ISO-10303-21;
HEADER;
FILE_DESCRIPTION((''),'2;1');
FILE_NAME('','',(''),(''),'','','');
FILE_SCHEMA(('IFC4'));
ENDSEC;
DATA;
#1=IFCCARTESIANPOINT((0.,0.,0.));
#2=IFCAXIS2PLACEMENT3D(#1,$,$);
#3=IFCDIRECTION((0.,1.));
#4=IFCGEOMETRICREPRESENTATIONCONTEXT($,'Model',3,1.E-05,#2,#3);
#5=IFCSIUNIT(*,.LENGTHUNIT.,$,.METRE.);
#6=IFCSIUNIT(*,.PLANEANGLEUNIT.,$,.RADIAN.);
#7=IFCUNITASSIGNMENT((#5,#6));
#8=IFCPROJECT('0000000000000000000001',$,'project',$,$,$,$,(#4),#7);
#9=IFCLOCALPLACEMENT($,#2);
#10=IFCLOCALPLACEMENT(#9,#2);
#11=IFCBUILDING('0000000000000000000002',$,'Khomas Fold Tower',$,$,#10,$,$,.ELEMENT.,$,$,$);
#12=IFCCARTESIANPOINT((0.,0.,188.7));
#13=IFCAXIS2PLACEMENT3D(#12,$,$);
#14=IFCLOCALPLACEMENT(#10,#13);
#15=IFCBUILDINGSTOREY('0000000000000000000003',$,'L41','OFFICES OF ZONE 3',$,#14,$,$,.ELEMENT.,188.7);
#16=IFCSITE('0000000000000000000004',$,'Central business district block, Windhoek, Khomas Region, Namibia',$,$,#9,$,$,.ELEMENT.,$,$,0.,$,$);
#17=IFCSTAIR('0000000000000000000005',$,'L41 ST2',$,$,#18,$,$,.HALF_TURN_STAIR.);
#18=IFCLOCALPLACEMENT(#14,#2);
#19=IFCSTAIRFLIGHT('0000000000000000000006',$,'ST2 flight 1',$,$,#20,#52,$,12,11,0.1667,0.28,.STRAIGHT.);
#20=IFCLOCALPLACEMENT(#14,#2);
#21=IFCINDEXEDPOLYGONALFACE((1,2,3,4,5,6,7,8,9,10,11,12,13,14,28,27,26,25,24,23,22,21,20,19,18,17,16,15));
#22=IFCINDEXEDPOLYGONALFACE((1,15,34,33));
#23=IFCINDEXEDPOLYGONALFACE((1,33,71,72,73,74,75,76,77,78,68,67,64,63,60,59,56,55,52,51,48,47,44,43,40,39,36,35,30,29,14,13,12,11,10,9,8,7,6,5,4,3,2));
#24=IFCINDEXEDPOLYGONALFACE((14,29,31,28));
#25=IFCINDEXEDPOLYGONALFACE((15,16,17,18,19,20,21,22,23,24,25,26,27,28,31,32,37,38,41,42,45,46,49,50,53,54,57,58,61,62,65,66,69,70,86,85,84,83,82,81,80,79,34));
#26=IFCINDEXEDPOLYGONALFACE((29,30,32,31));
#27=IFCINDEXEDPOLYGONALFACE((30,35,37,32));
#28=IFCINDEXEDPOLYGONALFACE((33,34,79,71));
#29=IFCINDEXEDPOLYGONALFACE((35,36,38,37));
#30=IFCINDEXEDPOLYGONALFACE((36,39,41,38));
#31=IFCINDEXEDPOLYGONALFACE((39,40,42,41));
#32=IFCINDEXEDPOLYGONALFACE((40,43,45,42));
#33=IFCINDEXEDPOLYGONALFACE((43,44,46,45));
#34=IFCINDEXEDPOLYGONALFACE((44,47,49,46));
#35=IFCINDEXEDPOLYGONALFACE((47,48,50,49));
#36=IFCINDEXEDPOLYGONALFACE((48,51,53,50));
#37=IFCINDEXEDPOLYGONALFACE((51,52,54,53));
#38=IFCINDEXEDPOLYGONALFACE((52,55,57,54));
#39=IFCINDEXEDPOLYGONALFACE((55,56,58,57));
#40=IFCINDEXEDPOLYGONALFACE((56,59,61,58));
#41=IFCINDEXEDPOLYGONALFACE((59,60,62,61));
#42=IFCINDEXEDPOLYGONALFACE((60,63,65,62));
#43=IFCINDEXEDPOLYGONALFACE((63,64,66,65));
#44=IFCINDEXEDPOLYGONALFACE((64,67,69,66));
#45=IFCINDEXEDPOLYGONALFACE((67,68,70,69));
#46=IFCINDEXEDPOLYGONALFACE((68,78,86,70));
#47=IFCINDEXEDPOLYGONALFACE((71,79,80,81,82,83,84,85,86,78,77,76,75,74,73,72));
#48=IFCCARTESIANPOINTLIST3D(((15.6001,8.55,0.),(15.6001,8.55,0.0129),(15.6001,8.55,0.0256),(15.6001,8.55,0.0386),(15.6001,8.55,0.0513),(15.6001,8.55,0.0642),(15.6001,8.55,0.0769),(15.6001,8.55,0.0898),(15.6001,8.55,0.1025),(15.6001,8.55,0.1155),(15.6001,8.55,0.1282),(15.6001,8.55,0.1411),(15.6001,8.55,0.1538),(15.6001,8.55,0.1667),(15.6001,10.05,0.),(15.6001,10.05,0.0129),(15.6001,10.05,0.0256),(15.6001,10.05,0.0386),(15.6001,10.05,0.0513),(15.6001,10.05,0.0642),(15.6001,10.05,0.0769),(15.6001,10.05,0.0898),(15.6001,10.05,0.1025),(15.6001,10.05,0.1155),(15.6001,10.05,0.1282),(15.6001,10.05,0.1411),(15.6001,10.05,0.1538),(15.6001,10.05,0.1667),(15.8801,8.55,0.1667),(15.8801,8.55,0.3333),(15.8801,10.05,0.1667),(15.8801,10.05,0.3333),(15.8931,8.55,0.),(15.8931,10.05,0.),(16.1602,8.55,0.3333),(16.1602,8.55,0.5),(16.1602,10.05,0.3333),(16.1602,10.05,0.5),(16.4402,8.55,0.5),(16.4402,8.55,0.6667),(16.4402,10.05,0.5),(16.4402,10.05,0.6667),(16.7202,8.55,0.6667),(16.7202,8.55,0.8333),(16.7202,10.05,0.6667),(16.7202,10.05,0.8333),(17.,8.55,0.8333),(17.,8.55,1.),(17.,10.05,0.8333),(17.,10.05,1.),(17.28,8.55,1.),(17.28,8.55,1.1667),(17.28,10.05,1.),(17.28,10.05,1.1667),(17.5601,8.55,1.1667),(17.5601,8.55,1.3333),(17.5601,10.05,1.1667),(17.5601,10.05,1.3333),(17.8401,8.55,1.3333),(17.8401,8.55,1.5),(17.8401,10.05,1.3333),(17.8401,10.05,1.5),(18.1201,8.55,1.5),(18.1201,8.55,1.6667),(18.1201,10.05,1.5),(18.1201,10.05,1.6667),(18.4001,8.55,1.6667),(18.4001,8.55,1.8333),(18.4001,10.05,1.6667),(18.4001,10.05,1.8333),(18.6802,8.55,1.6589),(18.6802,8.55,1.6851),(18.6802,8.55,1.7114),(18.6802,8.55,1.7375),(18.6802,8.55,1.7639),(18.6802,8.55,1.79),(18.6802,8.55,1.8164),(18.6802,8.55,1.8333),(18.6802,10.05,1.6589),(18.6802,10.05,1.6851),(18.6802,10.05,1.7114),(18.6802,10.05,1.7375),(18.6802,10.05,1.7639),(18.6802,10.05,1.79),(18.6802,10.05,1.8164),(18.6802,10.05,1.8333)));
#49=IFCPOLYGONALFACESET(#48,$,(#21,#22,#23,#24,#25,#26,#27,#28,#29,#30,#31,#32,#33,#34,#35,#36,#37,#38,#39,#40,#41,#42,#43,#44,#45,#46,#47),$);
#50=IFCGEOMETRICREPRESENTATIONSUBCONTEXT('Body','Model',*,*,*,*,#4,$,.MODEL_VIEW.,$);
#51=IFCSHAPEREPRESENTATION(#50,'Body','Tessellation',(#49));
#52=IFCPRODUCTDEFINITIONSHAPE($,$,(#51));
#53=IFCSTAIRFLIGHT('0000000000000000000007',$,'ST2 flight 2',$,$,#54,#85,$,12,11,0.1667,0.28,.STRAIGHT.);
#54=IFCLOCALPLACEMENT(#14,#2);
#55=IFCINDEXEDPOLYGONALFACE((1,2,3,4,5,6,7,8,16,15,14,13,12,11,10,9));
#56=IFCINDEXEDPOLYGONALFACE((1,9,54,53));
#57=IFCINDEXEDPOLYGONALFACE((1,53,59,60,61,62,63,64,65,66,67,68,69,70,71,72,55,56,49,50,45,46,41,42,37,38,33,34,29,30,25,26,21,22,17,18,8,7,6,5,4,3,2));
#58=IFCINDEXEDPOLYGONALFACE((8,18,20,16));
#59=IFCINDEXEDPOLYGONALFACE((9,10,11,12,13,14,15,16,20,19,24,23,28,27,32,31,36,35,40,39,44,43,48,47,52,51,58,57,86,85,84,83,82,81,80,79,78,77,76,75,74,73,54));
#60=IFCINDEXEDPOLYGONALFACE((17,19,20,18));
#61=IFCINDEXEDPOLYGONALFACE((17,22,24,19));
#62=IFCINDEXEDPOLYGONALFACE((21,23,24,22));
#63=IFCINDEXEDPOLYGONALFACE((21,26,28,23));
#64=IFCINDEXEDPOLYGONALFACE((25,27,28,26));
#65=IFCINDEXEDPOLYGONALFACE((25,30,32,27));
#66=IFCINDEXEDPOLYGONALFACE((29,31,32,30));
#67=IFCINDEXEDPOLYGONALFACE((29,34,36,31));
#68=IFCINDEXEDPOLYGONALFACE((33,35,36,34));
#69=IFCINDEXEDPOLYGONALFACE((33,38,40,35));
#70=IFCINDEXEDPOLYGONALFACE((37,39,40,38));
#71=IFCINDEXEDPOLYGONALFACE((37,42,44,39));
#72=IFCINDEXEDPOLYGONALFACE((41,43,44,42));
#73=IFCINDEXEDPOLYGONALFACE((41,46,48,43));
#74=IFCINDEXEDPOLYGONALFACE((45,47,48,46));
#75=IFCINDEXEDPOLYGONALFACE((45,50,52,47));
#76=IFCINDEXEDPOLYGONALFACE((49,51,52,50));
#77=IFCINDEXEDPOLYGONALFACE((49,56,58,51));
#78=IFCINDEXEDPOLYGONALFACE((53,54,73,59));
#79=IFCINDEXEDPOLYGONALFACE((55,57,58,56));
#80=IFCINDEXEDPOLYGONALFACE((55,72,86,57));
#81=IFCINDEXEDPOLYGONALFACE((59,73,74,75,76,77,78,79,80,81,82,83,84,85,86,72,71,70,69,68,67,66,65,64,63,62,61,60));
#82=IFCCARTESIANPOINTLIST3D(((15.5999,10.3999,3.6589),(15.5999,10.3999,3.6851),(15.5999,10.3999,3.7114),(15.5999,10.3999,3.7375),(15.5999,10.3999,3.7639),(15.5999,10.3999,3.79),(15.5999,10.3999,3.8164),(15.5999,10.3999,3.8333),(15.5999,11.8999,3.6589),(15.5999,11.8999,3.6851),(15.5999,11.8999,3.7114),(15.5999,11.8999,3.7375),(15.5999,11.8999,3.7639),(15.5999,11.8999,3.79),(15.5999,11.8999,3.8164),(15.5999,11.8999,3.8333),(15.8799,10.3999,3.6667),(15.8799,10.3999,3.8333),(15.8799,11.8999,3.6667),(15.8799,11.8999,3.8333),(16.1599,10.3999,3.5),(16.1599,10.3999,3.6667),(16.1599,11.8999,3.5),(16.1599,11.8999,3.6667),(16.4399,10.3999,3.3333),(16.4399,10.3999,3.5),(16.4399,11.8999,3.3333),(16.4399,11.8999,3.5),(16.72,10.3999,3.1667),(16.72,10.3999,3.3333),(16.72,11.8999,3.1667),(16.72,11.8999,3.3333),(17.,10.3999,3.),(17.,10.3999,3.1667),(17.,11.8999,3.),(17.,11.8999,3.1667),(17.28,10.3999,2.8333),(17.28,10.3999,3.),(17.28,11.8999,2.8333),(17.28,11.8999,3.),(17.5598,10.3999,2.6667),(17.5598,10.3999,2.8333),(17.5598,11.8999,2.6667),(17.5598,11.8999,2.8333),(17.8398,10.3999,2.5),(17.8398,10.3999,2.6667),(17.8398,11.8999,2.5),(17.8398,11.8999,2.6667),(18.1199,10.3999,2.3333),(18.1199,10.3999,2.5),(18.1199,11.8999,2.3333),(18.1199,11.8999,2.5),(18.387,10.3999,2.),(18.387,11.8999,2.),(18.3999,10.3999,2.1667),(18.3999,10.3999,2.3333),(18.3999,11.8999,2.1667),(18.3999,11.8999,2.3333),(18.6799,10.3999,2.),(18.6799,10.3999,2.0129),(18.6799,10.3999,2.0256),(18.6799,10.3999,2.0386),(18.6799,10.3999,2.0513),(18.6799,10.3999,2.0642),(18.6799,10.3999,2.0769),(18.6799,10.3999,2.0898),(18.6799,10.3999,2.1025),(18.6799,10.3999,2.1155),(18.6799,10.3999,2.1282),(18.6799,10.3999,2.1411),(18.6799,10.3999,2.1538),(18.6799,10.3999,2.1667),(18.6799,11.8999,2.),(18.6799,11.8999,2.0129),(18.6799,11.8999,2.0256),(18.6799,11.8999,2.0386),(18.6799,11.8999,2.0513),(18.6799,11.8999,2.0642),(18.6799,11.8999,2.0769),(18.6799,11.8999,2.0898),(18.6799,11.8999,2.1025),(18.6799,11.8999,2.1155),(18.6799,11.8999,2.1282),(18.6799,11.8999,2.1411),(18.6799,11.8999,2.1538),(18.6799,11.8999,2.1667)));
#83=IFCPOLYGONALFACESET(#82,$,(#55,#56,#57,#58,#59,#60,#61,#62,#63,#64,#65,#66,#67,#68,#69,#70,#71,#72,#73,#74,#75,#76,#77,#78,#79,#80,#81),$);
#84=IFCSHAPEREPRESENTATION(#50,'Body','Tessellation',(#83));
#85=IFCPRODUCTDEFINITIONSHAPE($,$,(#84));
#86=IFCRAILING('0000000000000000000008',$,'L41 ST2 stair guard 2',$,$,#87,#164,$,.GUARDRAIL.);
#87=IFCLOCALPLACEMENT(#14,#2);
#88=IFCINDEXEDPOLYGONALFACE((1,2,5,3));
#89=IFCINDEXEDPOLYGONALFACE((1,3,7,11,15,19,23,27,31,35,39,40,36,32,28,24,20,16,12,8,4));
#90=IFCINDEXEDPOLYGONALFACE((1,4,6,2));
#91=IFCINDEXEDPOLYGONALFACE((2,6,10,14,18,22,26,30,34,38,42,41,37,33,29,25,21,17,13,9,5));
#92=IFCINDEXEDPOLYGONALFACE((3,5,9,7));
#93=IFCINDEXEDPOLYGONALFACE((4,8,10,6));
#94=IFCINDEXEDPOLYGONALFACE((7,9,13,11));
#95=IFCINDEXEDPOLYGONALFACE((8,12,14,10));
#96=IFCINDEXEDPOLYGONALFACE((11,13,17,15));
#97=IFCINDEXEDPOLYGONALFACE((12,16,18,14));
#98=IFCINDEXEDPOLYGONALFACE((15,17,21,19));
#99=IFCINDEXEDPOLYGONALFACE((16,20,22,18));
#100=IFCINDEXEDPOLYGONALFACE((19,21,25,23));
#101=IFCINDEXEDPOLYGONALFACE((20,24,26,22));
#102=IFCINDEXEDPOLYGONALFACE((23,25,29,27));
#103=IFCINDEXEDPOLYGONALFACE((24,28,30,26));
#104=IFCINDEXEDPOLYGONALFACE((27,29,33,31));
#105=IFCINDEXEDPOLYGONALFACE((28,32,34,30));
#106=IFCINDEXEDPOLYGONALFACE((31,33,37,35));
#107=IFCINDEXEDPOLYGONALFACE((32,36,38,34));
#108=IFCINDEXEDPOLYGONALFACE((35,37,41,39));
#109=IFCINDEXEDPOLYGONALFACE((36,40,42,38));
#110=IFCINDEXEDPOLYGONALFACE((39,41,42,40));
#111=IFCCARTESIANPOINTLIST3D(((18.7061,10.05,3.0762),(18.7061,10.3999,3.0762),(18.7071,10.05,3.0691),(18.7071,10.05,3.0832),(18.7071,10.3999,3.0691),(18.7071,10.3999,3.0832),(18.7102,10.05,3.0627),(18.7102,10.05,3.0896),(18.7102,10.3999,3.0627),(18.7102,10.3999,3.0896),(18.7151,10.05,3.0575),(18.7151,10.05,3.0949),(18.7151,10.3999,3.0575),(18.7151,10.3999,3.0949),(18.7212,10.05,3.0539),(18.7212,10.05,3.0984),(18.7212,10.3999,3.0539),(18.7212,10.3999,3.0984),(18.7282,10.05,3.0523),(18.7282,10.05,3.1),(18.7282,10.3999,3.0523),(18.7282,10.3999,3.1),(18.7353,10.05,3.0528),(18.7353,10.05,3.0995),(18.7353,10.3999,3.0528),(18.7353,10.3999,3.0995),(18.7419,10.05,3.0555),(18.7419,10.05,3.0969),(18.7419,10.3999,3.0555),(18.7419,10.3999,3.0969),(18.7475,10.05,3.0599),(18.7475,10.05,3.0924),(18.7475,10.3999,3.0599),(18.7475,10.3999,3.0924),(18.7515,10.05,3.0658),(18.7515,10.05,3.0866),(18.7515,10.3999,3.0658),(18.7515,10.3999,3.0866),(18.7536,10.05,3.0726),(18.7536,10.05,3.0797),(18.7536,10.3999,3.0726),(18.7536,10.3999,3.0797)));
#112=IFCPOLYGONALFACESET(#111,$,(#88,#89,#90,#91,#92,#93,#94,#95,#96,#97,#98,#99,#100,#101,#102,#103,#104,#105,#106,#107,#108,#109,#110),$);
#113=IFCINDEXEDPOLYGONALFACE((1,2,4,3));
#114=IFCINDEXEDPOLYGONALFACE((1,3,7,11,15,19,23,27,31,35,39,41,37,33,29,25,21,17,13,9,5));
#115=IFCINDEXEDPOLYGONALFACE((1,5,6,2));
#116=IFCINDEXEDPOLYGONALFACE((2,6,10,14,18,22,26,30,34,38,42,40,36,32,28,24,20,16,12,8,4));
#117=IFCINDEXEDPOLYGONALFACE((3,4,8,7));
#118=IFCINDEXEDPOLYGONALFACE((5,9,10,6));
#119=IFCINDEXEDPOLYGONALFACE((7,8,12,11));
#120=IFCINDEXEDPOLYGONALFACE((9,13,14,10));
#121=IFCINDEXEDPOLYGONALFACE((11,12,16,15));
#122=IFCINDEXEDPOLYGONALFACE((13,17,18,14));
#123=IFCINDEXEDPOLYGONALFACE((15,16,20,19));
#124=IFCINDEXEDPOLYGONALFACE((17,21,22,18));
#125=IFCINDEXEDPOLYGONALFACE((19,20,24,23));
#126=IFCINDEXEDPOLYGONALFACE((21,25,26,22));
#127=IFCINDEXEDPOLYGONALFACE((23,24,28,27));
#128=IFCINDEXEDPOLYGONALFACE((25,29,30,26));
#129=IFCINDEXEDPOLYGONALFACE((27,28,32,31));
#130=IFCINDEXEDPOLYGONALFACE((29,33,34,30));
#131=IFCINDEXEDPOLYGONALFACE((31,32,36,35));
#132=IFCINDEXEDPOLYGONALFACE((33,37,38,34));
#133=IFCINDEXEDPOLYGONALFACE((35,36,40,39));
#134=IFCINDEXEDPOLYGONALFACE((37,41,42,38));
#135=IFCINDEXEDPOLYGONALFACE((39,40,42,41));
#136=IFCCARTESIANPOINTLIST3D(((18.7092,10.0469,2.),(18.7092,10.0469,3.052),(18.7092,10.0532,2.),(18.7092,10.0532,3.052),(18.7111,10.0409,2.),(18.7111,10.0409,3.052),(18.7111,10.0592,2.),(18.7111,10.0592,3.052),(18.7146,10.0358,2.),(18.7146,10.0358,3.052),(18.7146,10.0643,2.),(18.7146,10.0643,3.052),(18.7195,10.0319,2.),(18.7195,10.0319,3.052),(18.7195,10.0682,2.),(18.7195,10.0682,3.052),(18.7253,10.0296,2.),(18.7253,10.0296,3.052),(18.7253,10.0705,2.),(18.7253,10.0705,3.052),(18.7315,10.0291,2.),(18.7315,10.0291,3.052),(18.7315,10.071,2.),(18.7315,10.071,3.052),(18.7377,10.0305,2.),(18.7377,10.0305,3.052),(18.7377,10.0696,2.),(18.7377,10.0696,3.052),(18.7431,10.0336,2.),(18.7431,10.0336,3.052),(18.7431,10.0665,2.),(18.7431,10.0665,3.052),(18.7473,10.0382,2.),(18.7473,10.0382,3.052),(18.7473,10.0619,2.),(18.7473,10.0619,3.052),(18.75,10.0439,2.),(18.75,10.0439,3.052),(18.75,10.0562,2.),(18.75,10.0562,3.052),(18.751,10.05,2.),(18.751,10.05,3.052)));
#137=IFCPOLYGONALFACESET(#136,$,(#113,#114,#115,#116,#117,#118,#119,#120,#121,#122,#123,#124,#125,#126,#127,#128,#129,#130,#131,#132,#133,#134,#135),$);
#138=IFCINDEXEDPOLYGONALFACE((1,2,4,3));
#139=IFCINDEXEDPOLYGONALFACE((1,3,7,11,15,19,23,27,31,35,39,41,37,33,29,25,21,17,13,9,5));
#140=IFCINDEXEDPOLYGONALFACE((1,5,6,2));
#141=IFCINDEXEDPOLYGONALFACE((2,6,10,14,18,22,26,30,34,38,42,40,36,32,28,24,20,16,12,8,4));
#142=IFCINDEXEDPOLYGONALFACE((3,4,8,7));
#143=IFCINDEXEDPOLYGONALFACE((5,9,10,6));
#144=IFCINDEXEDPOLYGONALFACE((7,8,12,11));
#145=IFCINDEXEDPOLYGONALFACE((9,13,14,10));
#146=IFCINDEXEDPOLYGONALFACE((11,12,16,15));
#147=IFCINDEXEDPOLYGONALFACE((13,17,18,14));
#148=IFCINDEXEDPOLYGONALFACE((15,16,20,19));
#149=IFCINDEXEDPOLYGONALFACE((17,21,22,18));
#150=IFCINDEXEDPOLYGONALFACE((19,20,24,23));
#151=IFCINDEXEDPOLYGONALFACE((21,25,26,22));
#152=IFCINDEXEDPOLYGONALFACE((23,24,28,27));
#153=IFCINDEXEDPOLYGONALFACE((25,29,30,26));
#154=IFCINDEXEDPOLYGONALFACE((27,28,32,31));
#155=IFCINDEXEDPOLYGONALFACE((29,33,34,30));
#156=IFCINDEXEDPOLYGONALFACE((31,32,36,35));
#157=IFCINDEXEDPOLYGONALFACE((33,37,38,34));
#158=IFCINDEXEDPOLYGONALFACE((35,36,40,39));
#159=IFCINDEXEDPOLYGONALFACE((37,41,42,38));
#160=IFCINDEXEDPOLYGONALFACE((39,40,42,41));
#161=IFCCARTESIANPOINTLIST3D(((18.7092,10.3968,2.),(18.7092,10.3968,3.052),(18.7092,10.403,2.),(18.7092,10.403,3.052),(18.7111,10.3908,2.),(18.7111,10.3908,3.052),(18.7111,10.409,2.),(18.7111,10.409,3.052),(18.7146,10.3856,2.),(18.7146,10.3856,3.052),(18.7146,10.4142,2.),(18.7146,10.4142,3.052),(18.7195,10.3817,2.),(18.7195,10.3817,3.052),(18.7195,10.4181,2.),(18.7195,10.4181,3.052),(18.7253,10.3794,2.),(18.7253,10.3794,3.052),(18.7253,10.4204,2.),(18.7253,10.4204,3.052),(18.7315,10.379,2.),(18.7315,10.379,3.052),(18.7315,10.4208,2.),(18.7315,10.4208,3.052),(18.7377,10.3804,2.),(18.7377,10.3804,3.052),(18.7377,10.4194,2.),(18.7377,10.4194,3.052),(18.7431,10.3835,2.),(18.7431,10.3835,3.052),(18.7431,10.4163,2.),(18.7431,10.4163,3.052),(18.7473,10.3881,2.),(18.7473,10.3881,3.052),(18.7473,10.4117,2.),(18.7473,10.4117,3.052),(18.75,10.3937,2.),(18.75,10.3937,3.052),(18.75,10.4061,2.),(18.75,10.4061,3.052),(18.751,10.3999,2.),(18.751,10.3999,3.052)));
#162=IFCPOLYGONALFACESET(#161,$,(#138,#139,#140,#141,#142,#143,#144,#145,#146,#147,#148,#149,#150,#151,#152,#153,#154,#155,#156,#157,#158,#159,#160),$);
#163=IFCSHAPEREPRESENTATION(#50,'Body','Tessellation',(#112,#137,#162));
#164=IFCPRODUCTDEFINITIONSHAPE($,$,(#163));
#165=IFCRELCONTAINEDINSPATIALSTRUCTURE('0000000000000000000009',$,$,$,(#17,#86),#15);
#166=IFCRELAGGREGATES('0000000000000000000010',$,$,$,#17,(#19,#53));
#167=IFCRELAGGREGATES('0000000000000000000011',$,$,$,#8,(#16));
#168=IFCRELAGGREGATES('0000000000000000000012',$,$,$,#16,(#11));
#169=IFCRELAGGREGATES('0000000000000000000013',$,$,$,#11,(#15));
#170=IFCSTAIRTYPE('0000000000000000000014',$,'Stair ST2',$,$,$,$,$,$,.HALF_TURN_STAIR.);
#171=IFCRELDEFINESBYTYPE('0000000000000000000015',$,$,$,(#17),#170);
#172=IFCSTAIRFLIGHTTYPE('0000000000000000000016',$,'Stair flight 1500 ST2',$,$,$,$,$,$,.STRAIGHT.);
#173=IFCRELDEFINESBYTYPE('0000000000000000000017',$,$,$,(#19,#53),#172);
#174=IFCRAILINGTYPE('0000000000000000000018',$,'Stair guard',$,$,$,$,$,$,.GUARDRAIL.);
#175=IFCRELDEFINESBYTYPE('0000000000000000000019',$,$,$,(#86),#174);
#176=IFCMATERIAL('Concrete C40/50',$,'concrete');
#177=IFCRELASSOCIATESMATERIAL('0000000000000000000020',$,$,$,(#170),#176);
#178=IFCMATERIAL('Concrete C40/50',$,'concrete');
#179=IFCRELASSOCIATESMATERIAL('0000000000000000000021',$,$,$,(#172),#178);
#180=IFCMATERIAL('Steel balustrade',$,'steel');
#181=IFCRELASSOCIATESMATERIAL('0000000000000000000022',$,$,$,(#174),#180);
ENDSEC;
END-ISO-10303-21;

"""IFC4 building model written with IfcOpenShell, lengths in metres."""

from ifc_helpers import new_model, si_unit, direction, frame, origin, origin_2d, place, context, subcontext, project, spatial, polyline, circle, outline, extrude, source, transform, mapped, material, type_object, element, aggregate, save


model = new_model("IFC4")

# Units and contexts
model_context = context("Model", 3, precision=1e-05, world=origin(), true_north=direction((0.0, 1.0)))
body_context = subcontext(model_context, "Body", "Model", "MODEL_VIEW")
ifc_project = project(units=[si_unit("LENGTHUNIT", "METRE"), si_unit("PLANEANGLEUNIT", "RADIAN")], contexts=[model_context])

# Site, building, storey
site_placement = place(None, origin())
site = spatial("IfcSite", under=ifc_project, at=site_placement, Name="Central business district block, Windhoek, Khomas Region, Namibia", CompositionType="ELEMENT", RefElevation=0.0)
building_placement = place(site_placement, origin())
building = spatial("IfcBuilding", under=site, at=building_placement, Name="Khomas Fold Tower", CompositionType="ELEMENT")
storey_placement = place(building_placement, frame((0.0, 0.0, 188.7)))
storey = spatial("IfcBuildingStorey", under=building, at=storey_placement, Name="L41", Description="OFFICES OF ZONE 3", CompositionType="ELEMENT", Elevation=188.7)

# Stair, stair flights
ifc_material_1 = material(Name="Concrete C40/50", Category="concrete")
stair_type = type_object("IfcStairType", Name="Stair ST2", PredefinedType="HALF_TURN_STAIR", material=ifc_material_1)
stair_placement = place(storey_placement, origin())
stair = element("IfcStair", 1, at=stair_placement, inside=storey, type_object=stair_type, Name="L41 ST2", PredefinedType="HALF_TURN_STAIR")
ifc_material_2 = material(Name="Concrete C40/50", Category="concrete")
stair_flight_type = type_object("IfcStairFlightType", Name="Stair flight 1500 ST2", PredefinedType="STRAIGHT", material=ifc_material_2)
shared_shape_1 = source(origin(), body_context, "Body", "SweptSolid", [
    extrude(outline(polyline([(0.0, 0.0), (0.0, 0.0129), (0.0, 0.0256), (0.0, 0.0386), (0.0, 0.0513), (0.0, 0.0642), (0.0, 0.0769), (0.0, 0.0898), (0.0, 0.1025), (0.0, 0.1155), (0.0, 0.1282), (0.0, 0.1411), (0.0, 0.1538), (0.0, 0.1667), (0.28, 0.1667), (0.28, 0.3333), (0.5601, 0.3333), (0.5601, 0.5), (0.8401, 0.5), (0.8401, 0.6667), (1.1201, 0.6667), (1.1201, 0.8333), (1.3999, 0.8333), (1.3999, 1.0), (1.6799, 1.0), (1.6799, 1.1667), (1.96, 1.1667), (1.96, 1.3333), (2.24, 1.3333), (2.24, 1.5), (2.52, 1.5), (2.52, 1.6667), (2.8, 1.6667), (2.8, 1.8333), (3.0801, 1.8333), (3.0801, 2.0), (3.0801, 1.9739), (3.0801, 1.9475), (3.0801, 1.9214), (3.0801, 1.895), (3.0801, 1.8689), (3.0801, 1.8425), (3.0801, 1.8164), (3.0801, 1.79), (3.0801, 1.7639), (3.0801, 1.7375), (3.0801, 1.7114), (3.0801, 1.6851), (3.0801, 1.6589), (0.293, 0.0), (0.0, 0.0)])), frame((0.0, 0.75, 0.0), z_axis=(0.0, -1.0, 0.0), x_axis=(1.0, 0.0, 0.0)), (0.0, 0.0, 1.0), 1.5),
])
stair_flight_1_placement = place(storey_placement, frame((15.6001, 9.3, 0.0), z_axis=(0.0, 0.0, 1.0), x_axis=(1.0, 0.0, 0.0)))
stair_flight_1 = element("IfcStairFlight", 2, at=stair_flight_1_placement, type_object=stair_flight_type, Name="ST2 flight 1", NumberOfRisers=12, NumberOfTreads=11, PredefinedType="STRAIGHT", RiserHeight=0.1667, TreadLength=0.28, context=body_context, shape_type="MappedRepresentation", body=[
    mapped(shared_shape_1, transform((0.0, 0.0, 0.0))),
])
stair_flight_2_placement = place(storey_placement, frame((18.6799, 11.1499, 2.0), z_axis=(0.0, 0.0, 1.0), x_axis=(-1.0, 0.0, 0.0)))
stair_flight_2 = element("IfcStairFlight", 3, at=stair_flight_2_placement, type_object=stair_flight_type, Name="ST2 flight 2", NumberOfRisers=12, NumberOfTreads=11, PredefinedType="STRAIGHT", RiserHeight=0.1667, TreadLength=0.28, context=body_context, shape_type="MappedRepresentation", body=[
    mapped(shared_shape_1, transform((0.0, 0.0, 0.0))),
])
aggregate(stair, [stair_flight_1, stair_flight_2])

# Railing
ifc_material_3 = material(Name="Steel balustrade", Category="steel")
railing_type_1 = type_object("IfcRailingType", Name="Stair guard", PredefinedType="GUARDRAIL", material=ifc_material_3)
shared_shape_2 = source(origin(), body_context, "Body", "SweptSolid", [
    extrude(circle(Radius=0.0239, at=origin_2d()), frame((0.0, 0.0, 1.0762), z_axis=(0.0, 1.0, 0.0), x_axis=(-1.0, 0.0, 0.0)), (0.0, 0.0, 1.0), 0.3499),
    extrude(circle(Radius=0.021, at=origin_2d()), origin(), (0.0, 0.0, 1.0), 1.052),
    extrude(circle(Radius=0.021, at=origin_2d()), frame((0.0, 0.3499, 0.0)), (0.0, 0.0, 1.0), 1.052),
])
for number, where, name in (
    (4, (18.73, 10.05, 2.0), "L41 ST2 stair guard 2"),
):
    element("IfcRailing", number, at=place(storey_placement, frame(where)), inside=storey, type_object=railing_type_1, Name=name, PredefinedType="GUARDRAIL", context=body_context, shape_type="MappedRepresentation", body=[
        mapped(shared_shape_2, transform((0.0, 0.0, 0.0))),
    ])

save(model, "model.ifc")
